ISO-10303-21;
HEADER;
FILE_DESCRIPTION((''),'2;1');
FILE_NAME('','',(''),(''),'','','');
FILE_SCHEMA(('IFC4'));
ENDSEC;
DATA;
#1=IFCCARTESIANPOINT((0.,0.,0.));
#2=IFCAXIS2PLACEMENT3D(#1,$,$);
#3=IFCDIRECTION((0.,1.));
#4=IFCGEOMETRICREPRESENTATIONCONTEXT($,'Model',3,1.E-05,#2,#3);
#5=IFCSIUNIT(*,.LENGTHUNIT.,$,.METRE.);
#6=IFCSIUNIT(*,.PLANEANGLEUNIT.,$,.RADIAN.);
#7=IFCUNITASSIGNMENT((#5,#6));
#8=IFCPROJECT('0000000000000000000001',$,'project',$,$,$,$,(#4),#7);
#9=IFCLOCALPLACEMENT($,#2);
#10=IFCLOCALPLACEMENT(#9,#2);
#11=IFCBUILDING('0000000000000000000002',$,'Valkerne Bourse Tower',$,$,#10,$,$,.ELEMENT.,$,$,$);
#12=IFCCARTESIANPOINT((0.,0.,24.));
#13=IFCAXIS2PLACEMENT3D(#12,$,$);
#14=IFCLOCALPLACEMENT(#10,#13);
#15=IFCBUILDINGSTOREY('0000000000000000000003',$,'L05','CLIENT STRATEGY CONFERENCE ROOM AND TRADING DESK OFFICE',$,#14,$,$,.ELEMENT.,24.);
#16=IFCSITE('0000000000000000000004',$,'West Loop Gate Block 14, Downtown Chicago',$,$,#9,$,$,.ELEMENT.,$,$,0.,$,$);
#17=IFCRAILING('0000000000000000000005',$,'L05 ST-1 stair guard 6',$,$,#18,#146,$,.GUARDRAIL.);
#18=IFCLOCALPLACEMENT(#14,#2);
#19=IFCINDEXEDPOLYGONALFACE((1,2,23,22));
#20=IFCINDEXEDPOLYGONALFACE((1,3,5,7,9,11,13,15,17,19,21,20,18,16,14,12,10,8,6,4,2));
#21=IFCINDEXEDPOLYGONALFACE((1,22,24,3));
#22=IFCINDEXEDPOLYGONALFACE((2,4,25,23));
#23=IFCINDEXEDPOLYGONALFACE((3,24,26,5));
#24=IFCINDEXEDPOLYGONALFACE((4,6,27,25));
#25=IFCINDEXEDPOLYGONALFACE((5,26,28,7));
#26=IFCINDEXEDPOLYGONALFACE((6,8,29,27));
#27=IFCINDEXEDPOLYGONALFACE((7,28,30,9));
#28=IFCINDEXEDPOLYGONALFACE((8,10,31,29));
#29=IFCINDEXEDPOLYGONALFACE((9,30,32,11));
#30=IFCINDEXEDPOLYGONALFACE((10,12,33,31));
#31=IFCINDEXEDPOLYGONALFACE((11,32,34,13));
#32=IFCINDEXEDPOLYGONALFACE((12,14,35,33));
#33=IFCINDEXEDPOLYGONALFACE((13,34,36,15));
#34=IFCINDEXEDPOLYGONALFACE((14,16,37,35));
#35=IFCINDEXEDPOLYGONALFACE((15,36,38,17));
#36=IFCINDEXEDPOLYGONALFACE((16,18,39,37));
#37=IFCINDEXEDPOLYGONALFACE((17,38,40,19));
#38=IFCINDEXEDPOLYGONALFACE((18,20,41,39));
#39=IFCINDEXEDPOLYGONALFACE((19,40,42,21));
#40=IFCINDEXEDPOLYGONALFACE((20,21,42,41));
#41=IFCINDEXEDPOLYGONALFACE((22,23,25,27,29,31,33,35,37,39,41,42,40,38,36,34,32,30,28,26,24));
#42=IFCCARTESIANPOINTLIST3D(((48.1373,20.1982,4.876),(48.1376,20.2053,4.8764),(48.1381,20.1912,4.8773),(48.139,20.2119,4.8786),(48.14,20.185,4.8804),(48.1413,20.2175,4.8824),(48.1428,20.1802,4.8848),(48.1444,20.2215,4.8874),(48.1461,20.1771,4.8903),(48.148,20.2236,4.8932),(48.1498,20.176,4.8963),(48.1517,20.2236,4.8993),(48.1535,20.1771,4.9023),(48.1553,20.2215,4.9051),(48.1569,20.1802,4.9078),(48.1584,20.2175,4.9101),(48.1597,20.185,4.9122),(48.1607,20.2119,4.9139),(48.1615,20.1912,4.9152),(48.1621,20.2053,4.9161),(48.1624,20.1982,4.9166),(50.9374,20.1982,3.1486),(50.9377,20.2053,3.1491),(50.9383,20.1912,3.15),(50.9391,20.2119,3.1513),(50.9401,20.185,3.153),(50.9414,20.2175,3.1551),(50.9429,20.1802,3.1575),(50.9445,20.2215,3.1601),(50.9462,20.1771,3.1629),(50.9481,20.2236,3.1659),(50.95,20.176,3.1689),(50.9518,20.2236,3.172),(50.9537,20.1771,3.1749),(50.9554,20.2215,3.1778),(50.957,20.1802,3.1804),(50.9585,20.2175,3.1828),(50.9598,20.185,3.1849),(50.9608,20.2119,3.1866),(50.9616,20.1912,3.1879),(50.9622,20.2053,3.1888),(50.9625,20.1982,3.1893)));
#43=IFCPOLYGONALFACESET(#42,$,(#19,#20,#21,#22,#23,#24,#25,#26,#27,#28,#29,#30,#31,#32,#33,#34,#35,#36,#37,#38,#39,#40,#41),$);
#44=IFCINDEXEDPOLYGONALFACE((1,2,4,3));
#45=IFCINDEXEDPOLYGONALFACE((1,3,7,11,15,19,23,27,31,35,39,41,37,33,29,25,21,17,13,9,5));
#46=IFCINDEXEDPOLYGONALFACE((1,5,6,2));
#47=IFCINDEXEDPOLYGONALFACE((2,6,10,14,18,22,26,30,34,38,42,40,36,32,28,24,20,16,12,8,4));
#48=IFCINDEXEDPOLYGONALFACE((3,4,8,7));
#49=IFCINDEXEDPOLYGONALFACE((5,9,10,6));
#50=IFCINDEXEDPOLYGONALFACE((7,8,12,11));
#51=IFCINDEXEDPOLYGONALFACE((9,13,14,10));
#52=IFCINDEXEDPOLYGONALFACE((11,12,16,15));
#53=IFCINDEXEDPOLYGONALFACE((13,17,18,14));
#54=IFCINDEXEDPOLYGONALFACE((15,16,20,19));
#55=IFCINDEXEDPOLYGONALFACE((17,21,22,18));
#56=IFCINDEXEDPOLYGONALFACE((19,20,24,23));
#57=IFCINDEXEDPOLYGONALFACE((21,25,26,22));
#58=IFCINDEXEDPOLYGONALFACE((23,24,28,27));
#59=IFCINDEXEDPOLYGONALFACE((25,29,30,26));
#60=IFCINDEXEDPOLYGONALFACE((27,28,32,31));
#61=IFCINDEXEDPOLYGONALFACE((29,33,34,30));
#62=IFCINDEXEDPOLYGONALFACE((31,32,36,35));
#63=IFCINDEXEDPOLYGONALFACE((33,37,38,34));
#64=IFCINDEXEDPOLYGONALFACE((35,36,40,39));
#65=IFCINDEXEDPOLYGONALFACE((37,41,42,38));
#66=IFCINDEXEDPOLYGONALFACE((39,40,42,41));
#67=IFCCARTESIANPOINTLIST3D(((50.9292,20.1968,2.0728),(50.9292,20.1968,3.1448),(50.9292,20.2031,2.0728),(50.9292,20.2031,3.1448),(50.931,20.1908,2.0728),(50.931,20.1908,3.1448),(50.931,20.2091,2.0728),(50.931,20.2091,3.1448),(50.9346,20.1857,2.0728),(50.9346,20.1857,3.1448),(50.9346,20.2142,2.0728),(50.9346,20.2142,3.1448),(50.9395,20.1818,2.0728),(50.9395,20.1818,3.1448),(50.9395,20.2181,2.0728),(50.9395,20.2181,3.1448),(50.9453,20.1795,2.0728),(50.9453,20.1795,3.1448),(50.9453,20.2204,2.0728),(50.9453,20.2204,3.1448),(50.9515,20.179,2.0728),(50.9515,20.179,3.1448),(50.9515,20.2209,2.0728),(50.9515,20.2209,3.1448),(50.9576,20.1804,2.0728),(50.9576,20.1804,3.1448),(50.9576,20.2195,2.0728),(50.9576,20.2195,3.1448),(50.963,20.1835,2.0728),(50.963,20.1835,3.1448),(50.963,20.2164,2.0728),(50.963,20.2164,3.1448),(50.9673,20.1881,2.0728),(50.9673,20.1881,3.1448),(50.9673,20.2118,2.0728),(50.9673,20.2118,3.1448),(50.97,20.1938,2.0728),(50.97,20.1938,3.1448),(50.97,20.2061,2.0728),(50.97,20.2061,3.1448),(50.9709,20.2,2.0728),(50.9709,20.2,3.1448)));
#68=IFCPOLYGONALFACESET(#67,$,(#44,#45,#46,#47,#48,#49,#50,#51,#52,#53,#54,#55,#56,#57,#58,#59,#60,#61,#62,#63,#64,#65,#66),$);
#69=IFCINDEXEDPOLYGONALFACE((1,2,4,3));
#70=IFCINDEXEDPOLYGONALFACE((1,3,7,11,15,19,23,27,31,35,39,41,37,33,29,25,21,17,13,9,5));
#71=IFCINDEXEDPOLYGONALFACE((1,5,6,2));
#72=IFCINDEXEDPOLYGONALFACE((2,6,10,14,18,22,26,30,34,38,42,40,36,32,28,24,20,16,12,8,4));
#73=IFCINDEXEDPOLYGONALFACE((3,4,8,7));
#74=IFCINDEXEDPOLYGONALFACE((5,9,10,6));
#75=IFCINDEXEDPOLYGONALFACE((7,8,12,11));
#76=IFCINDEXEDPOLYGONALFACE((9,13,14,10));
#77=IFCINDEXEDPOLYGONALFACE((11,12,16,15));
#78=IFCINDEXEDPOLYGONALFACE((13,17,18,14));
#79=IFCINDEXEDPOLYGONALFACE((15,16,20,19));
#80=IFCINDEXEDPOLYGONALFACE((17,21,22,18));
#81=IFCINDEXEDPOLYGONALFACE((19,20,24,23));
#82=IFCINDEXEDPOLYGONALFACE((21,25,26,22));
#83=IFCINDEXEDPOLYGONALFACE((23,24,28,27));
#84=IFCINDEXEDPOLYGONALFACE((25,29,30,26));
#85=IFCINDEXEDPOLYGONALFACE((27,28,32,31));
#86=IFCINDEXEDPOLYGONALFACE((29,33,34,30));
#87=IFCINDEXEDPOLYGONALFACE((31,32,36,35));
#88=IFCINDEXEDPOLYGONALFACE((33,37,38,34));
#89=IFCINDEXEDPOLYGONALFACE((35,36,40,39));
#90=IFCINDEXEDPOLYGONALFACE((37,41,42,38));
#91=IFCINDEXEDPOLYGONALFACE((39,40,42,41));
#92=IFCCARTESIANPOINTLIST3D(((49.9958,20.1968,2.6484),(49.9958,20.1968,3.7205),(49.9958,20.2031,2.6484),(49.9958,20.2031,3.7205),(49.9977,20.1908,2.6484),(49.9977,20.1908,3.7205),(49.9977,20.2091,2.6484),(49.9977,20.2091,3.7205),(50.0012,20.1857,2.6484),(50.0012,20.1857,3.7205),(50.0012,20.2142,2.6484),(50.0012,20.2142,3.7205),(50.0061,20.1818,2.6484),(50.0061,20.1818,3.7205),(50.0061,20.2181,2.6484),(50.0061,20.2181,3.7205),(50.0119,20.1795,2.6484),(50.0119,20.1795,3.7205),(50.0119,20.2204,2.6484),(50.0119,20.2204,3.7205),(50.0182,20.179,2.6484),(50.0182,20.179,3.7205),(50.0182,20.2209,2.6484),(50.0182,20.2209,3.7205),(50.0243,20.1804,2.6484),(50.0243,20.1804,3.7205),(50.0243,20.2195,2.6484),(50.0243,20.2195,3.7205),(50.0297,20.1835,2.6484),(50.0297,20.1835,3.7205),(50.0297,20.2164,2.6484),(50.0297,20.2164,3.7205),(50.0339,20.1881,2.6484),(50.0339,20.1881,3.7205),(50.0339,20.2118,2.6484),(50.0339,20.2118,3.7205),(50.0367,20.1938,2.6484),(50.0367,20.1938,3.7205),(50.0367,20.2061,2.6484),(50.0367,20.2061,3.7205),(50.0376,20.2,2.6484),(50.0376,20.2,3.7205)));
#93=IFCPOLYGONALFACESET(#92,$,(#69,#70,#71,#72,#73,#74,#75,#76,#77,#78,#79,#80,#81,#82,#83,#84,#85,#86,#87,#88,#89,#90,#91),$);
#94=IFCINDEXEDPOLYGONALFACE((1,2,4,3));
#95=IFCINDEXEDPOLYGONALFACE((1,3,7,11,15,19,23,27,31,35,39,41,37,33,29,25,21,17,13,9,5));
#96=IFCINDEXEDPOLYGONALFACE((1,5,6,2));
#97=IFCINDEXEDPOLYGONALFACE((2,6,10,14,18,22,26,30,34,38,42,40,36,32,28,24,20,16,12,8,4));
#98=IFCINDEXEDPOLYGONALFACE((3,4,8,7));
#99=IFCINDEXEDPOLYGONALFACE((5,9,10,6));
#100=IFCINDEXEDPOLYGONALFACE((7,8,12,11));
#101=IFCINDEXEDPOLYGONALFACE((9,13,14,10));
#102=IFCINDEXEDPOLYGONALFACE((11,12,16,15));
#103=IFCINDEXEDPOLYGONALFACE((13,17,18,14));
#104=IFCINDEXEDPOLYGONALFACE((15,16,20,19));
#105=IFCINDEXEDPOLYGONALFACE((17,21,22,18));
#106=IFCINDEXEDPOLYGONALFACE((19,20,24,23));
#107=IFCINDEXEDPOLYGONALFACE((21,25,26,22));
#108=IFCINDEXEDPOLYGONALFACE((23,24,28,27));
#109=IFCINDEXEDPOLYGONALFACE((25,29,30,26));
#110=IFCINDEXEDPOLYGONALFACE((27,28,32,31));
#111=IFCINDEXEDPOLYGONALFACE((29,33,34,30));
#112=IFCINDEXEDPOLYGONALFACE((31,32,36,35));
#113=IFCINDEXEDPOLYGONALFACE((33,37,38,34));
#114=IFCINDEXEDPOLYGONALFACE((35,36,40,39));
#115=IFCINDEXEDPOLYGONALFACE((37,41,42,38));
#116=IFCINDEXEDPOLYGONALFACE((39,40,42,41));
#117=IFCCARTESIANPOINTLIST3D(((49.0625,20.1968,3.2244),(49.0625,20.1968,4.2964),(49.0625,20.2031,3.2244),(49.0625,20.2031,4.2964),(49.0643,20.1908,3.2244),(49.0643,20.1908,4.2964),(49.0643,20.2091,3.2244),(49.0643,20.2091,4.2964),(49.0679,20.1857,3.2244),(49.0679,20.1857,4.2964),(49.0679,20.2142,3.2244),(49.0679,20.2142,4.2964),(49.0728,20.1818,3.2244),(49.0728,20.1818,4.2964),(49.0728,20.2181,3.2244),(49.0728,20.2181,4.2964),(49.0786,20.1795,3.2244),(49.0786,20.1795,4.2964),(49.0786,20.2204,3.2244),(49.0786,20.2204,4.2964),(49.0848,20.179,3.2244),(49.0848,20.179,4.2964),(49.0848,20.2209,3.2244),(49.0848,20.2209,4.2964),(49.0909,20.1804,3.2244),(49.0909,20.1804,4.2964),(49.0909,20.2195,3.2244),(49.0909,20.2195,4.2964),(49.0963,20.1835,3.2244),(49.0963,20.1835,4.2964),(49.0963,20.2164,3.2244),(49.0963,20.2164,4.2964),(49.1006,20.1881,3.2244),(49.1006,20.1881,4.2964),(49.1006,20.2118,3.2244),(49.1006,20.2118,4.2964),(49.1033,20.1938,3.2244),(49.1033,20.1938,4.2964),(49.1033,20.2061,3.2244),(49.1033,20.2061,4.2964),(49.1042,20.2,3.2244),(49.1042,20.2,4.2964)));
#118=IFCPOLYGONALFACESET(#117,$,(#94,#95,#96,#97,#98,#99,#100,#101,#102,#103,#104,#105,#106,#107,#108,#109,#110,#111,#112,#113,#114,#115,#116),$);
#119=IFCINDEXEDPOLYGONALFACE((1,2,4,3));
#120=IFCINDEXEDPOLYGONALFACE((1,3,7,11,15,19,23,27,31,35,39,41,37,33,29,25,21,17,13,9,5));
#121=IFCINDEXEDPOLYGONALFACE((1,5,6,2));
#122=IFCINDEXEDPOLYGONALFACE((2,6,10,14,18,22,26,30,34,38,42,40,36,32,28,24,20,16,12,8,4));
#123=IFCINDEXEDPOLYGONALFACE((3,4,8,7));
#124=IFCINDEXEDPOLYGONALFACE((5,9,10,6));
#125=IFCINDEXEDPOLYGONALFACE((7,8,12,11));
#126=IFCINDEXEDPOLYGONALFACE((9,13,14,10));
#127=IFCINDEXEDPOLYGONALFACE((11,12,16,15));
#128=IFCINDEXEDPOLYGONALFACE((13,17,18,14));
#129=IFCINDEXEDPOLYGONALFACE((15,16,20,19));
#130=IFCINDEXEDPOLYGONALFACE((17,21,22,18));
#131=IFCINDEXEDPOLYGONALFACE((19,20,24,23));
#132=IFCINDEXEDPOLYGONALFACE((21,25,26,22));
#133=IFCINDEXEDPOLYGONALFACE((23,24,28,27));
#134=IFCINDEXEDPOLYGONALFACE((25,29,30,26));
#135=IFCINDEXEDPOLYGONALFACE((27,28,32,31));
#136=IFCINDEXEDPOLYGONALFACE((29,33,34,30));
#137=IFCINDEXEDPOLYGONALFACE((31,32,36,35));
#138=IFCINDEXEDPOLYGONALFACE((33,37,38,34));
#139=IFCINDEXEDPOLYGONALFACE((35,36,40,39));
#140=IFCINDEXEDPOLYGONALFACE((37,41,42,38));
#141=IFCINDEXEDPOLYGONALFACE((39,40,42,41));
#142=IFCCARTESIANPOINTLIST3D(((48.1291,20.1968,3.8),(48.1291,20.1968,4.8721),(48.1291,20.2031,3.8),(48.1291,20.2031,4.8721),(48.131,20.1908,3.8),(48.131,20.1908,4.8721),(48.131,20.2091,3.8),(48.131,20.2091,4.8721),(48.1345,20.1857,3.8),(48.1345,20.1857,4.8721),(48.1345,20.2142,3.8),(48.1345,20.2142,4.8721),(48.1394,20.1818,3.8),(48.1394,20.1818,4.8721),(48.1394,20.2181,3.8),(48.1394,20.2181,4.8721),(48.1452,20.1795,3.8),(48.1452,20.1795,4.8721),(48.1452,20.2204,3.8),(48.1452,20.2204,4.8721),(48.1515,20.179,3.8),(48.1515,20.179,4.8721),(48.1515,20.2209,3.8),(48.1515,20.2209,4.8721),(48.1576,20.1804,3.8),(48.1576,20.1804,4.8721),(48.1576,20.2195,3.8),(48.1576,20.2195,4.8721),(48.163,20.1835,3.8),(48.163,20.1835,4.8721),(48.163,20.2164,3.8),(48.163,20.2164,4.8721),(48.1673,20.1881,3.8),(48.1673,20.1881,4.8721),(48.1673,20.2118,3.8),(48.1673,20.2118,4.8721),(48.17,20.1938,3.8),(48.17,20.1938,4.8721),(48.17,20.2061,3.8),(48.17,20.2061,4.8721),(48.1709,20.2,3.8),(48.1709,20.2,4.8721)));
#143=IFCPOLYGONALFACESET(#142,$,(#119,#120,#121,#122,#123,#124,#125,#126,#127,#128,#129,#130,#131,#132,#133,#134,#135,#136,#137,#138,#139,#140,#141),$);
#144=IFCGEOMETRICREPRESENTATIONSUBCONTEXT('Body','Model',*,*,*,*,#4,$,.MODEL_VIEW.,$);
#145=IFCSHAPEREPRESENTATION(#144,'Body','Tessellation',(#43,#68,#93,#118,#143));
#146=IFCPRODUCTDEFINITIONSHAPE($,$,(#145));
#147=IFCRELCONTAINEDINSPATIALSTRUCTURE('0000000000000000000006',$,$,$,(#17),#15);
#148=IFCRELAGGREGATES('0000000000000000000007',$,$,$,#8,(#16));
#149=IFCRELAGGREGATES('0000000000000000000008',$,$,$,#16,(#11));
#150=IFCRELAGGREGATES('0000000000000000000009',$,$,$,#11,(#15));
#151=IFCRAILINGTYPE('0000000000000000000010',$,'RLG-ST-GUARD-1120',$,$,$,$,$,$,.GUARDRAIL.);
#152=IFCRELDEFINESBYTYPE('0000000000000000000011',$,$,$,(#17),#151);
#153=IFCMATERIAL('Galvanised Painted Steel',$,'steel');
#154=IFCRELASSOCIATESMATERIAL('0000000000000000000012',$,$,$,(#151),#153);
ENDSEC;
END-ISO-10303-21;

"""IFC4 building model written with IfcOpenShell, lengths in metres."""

from ifc_helpers import new_model, si_unit, direction, frame, origin, origin_2d, place, context, subcontext, project, spatial, circle, extrude, material, type_object, element, save


model = new_model("IFC4")

# Units and contexts
model_context = context("Model", 3, precision=1e-05, world=origin(), true_north=direction((0.0, 1.0)))
body_context = subcontext(model_context, "Body", "Model", "MODEL_VIEW")
ifc_project = project(units=[si_unit("LENGTHUNIT", "METRE"), si_unit("PLANEANGLEUNIT", "RADIAN")], contexts=[model_context])

# Site, building, storey
site_placement = place(None, origin())
site = spatial("IfcSite", under=ifc_project, at=site_placement, Name="West Loop Gate Block 14, Downtown Chicago", CompositionType="ELEMENT", RefElevation=0.0)
building_placement = place(site_placement, origin())
building = spatial("IfcBuilding", under=site, at=building_placement, Name="Valkerne Bourse Tower", CompositionType="ELEMENT")
storey_placement = place(building_placement, frame((0.0, 0.0, 24.0)))
storey = spatial("IfcBuildingStorey", under=building, at=storey_placement, Name="L05", Description="CLIENT STRATEGY CONFERENCE ROOM AND TRADING DESK OFFICE", CompositionType="ELEMENT", Elevation=24.0)

# Shared definitions
ifc_material_1 = material(Name="Galvanised Painted Steel", Category="steel")

# Railing
railing_type_1 = type_object("IfcRailingType", Name="RLG-ST-GUARD-1120", PredefinedType="GUARDRAIL", material=ifc_material_1)
railing_1_placement = place(storey_placement, frame((50.95, 20.2, 2.0728)))
element("IfcRailing", 1, at=railing_1_placement, inside=storey, type_object=railing_type_1, Name="L05 ST-1 stair guard 6", PredefinedType="GUARDRAIL", context=body_context, shape_type="SweptSolid", body=[
    extrude(circle(Radius=0.0239, at=origin_2d()), frame((0.0, 0.0, 1.0962), z_axis=(-0.85109, 0.0, 0.52502), x_axis=(0.0, -1.0, 0.0)), (0.0, 0.0, 1.0), 3.29),
    extrude(circle(Radius=0.021, at=origin_2d()), origin(), (0.0, 0.0, 1.0), 1.072),
    extrude(circle(Radius=0.021, at=origin_2d()), frame((-0.9333, 0.0, 0.5757)), (0.0, 0.0, 1.0), 1.072),
    extrude(circle(Radius=0.021, at=origin_2d()), frame((-1.8667, 0.0, 1.1516)), (0.0, 0.0, 1.0), 1.072),
    extrude(circle(Radius=0.021, at=origin_2d()), frame((-2.8, 0.0, 1.7273)), (0.0, 0.0, 1.0), 1.072),
])

save(model, "model.ifc")
